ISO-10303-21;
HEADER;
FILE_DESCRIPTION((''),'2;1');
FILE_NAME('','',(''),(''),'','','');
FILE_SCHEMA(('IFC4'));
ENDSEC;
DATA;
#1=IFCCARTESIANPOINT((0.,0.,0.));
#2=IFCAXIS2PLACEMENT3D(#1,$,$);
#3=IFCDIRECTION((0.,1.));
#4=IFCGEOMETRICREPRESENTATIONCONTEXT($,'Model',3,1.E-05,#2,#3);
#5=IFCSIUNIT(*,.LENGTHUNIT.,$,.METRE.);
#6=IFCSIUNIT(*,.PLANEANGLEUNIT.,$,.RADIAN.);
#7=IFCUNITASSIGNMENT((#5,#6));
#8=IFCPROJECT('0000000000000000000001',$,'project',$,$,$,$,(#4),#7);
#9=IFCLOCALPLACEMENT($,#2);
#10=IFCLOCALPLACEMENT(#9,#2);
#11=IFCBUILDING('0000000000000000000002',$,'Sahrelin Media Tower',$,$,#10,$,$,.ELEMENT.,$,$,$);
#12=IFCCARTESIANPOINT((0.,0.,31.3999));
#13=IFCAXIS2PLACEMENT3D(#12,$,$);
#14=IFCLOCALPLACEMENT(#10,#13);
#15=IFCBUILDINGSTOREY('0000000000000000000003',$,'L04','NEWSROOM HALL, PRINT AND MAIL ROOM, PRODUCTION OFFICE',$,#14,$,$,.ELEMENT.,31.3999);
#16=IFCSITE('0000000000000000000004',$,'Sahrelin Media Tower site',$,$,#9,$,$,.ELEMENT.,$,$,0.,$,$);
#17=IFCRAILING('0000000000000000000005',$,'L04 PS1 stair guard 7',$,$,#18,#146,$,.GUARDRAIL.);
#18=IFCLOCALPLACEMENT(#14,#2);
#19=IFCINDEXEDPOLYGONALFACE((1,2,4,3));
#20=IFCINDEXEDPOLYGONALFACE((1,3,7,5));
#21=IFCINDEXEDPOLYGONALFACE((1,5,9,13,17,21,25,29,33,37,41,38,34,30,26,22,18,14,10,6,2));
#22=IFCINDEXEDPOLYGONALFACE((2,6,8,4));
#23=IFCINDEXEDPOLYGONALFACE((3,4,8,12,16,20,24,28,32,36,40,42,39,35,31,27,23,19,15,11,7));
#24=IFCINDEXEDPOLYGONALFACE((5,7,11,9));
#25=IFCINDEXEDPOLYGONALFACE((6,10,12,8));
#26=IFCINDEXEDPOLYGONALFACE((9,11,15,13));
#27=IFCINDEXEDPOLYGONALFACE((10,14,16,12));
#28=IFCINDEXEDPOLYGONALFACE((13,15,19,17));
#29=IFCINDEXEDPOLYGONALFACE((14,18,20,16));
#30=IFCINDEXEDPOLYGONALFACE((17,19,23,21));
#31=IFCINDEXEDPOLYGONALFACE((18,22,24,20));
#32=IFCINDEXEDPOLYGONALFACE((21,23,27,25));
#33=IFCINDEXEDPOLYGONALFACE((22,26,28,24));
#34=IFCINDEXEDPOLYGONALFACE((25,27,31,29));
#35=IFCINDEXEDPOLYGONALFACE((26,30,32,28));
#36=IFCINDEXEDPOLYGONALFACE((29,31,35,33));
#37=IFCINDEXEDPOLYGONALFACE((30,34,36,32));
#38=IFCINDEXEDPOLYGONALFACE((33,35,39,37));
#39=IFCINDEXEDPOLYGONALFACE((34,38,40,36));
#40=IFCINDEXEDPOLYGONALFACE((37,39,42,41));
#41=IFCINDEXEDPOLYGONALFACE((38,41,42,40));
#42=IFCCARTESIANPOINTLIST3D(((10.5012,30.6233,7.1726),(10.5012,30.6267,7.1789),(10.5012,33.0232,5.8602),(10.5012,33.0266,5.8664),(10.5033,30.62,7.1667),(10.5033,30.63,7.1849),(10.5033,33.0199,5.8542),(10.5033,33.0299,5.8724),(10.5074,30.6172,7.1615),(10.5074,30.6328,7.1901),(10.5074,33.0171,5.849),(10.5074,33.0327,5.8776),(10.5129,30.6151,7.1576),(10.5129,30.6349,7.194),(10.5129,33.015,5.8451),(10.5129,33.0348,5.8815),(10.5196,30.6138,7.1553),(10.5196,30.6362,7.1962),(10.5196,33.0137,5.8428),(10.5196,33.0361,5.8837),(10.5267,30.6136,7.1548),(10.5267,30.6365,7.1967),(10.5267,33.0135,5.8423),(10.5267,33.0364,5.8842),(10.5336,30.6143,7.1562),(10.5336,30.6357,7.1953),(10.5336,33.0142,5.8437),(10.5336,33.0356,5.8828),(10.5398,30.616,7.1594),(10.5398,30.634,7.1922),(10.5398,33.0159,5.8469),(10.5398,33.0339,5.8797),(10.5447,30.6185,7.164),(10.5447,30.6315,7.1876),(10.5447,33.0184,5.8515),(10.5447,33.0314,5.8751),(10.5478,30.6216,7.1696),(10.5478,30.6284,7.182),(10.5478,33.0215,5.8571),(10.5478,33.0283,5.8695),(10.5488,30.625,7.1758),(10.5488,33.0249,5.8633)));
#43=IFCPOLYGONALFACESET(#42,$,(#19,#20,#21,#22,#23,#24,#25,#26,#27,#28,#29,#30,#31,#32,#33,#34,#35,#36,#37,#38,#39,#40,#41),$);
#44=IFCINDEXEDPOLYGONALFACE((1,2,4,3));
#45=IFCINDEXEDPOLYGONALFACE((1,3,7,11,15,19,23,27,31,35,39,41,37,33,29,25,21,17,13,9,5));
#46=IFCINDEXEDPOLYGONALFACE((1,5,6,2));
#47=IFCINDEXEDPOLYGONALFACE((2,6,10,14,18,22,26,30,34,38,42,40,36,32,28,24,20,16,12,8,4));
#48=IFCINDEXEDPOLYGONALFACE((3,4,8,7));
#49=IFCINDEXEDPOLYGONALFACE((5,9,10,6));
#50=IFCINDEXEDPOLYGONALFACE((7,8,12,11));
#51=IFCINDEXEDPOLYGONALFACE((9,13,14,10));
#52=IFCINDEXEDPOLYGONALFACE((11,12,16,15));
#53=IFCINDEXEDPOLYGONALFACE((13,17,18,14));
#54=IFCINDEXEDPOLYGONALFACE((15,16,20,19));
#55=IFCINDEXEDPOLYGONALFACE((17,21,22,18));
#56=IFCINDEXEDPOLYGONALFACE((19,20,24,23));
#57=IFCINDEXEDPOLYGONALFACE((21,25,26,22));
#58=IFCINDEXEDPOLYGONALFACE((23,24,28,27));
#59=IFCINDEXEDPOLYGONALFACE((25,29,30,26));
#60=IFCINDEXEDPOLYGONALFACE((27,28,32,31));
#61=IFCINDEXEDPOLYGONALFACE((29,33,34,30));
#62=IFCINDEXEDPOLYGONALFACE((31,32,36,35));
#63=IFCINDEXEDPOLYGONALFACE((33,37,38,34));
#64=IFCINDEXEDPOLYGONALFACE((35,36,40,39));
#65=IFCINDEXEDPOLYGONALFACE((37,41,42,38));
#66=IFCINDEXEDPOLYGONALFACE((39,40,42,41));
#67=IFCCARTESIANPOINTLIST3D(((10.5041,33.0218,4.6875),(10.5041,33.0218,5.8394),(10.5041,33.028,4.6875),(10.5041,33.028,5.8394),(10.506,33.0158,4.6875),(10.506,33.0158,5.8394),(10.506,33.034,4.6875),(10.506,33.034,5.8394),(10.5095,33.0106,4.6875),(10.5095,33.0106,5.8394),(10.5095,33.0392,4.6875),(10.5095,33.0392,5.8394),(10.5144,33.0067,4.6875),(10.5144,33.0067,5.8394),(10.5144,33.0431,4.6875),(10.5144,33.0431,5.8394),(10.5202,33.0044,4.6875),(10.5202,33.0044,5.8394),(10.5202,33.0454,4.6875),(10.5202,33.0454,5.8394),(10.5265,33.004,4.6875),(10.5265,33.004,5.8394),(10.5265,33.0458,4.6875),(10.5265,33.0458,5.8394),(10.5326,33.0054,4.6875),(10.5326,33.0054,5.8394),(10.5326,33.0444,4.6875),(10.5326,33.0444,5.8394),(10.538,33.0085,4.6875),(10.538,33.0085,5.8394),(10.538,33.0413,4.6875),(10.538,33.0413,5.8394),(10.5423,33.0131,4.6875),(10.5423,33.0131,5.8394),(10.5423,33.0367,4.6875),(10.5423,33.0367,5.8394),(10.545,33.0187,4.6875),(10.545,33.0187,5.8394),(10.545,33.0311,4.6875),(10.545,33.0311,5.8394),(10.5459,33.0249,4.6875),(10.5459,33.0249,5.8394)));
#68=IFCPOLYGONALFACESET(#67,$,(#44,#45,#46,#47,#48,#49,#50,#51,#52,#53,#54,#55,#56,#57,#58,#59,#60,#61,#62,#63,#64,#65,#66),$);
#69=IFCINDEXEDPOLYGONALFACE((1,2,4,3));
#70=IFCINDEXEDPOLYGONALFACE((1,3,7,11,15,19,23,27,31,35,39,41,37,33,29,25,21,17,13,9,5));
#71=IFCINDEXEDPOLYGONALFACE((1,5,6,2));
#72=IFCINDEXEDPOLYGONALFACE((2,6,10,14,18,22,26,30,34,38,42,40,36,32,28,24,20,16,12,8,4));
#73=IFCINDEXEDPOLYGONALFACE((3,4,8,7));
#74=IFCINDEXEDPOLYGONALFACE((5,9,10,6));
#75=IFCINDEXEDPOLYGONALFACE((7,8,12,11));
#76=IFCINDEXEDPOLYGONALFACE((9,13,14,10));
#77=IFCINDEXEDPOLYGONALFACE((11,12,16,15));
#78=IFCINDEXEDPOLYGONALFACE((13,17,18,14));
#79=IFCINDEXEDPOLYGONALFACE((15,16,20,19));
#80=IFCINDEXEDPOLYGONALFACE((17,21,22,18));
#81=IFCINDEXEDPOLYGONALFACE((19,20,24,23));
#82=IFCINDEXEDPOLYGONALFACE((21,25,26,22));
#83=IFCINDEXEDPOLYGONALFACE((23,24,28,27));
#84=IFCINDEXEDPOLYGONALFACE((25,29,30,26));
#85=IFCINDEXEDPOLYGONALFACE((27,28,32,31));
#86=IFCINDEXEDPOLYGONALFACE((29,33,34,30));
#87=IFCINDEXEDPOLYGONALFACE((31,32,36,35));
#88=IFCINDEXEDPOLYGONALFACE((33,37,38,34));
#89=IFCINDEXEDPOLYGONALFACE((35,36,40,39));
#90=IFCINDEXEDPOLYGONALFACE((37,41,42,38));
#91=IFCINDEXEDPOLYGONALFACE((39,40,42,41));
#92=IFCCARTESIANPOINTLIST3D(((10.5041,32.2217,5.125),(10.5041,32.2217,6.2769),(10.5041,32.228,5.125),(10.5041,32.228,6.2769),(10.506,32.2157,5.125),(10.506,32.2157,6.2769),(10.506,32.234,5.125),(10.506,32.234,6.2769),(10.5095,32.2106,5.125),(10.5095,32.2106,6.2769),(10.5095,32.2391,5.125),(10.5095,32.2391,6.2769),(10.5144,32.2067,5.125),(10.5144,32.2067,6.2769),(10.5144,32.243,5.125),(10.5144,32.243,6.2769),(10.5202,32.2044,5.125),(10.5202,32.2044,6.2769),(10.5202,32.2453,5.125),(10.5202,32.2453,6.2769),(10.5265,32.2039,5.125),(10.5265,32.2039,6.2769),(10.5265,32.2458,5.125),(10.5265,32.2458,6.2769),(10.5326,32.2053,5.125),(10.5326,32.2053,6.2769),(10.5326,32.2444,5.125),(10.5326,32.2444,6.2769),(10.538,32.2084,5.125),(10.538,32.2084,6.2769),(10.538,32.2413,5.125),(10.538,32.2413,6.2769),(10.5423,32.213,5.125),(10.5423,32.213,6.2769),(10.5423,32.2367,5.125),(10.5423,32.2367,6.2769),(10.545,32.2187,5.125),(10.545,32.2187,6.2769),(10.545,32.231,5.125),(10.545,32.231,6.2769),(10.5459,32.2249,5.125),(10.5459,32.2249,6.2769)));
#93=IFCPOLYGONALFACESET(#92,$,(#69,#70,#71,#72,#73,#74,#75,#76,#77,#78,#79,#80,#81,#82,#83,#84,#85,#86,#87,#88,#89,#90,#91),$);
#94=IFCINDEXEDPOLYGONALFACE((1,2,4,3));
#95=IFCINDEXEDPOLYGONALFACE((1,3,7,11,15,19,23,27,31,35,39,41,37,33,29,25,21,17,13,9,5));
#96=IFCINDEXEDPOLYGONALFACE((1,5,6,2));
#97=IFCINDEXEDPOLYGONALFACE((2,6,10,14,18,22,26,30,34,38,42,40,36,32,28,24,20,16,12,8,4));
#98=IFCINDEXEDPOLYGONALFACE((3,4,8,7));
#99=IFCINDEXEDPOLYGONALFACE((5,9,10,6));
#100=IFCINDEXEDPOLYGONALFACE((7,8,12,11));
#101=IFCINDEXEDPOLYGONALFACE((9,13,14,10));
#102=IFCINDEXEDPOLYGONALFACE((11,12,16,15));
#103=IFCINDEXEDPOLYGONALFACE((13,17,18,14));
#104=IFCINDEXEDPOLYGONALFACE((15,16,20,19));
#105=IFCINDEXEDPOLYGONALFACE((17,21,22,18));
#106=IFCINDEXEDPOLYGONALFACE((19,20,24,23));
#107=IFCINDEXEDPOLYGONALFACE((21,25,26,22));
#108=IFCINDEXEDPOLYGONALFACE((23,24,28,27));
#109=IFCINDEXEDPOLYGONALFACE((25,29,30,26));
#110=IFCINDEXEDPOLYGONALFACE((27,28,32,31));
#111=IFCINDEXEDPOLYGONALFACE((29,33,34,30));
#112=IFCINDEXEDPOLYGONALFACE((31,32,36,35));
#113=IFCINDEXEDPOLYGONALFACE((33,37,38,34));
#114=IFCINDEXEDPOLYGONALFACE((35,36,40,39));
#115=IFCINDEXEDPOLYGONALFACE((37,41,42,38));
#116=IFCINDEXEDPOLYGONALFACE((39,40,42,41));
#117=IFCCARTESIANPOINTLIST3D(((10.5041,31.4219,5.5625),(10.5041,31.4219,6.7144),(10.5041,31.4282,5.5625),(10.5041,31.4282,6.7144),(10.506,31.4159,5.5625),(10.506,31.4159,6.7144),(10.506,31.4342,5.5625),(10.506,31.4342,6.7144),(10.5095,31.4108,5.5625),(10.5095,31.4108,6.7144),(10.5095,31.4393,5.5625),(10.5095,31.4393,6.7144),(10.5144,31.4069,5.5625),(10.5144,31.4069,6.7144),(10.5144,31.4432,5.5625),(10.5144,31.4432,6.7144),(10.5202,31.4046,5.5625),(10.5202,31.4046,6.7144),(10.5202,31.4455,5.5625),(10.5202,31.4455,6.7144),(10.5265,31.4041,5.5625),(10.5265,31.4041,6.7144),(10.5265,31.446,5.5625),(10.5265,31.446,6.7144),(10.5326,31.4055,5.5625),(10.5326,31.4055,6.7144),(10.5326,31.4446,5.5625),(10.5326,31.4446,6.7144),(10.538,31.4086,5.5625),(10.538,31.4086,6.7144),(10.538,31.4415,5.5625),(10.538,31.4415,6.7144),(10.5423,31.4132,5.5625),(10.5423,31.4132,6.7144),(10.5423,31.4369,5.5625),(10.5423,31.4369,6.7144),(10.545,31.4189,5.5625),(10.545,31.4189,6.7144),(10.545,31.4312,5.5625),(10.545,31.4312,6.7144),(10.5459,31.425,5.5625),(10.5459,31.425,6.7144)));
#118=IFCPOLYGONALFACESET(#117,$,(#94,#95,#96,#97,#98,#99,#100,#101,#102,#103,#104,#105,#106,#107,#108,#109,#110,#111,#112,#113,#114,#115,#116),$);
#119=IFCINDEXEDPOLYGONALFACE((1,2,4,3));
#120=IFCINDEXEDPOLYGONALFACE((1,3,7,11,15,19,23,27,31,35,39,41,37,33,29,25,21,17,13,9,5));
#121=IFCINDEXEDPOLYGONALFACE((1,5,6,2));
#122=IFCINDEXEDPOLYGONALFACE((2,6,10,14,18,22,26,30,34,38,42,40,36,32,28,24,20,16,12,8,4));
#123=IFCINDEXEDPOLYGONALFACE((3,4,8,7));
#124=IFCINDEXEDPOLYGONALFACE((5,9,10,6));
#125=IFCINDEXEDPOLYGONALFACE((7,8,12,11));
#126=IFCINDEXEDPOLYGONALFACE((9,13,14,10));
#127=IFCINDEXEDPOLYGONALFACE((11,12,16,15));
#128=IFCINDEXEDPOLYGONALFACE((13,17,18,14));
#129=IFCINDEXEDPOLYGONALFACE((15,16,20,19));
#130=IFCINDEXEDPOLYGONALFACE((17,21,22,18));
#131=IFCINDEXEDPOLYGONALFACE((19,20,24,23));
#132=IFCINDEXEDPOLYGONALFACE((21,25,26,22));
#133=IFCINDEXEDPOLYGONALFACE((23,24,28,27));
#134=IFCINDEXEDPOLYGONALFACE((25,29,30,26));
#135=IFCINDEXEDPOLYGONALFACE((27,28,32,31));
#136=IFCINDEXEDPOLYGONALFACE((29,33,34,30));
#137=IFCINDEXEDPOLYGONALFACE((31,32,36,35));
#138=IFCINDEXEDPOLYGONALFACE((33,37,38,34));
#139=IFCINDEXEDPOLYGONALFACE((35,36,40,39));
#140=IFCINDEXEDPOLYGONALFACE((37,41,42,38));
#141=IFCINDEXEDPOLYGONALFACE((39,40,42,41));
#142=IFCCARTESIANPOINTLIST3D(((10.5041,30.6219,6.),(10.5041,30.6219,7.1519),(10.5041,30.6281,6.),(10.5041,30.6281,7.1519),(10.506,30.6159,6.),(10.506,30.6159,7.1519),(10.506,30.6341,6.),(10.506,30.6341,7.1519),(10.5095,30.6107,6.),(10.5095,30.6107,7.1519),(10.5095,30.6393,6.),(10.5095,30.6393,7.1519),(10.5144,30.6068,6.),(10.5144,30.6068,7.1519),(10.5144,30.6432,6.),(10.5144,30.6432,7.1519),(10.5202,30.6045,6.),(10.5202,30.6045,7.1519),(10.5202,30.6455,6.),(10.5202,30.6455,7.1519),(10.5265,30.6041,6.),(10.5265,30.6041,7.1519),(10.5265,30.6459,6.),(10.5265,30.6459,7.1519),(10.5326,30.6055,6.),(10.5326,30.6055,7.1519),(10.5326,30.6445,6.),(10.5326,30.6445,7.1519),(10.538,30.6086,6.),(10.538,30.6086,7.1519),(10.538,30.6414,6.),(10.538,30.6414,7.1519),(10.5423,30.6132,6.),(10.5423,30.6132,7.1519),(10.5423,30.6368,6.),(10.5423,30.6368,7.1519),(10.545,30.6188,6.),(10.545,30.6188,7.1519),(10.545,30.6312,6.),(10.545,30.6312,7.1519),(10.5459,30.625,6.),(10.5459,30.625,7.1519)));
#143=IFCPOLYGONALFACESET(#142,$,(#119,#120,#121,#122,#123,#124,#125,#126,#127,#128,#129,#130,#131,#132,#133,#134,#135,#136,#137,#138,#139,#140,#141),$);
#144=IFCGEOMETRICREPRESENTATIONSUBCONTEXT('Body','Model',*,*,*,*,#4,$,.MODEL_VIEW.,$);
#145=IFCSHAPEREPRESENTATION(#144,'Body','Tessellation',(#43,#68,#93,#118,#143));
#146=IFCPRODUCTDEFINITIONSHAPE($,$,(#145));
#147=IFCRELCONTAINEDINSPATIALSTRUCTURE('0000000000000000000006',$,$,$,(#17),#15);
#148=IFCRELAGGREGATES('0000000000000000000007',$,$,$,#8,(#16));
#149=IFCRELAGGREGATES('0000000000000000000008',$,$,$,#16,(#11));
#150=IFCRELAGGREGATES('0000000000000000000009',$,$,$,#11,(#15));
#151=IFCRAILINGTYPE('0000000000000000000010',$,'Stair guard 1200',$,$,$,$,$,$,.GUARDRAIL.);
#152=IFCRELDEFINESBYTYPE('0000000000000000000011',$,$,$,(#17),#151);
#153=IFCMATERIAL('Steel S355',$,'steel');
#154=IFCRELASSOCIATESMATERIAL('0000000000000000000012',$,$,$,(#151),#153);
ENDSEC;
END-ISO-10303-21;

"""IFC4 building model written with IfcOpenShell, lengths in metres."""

from ifc_helpers import new_model, si_unit, direction, frame, origin, origin_2d, place, context, subcontext, project, spatial, circle, extrude, material, type_object, element, save


model = new_model("IFC4")

# Units and contexts
model_context = context("Model", 3, precision=1e-05, world=origin(), true_north=direction((0.0, 1.0)))
body_context = subcontext(model_context, "Body", "Model", "MODEL_VIEW")
ifc_project = project(units=[si_unit("LENGTHUNIT", "METRE"), si_unit("PLANEANGLEUNIT", "RADIAN")], contexts=[model_context])

# Site, building, storey
site_placement = place(None, origin())
site = spatial("IfcSite", under=ifc_project, at=site_placement, Name="Sahrelin Media Tower site", CompositionType="ELEMENT", RefElevation=0.0)
building_placement = place(site_placement, origin())
building = spatial("IfcBuilding", under=site, at=building_placement, Name="Sahrelin Media Tower", CompositionType="ELEMENT")
storey_placement = place(building_placement, frame((0.0, 0.0, 31.3999)))
storey = spatial("IfcBuildingStorey", under=building, at=storey_placement, Name="L04", Description="NEWSROOM HALL, PRINT AND MAIL ROOM, PRODUCTION OFFICE", CompositionType="ELEMENT", Elevation=31.3999)

# Shared definitions
ifc_material_1 = material(Name="Steel S355", Category="steel")

# Railing
railing_type_1 = type_object("IfcRailingType", Name="Stair guard 1200", PredefinedType="GUARDRAIL", material=ifc_material_1)
railing_1_placement = place(storey_placement, frame((10.5249, 33.0249, 4.6875)))
element("IfcRailing", 1, at=railing_1_placement, inside=storey, type_object=railing_type_1, Name="L04 PS1 stair guard 7", PredefinedType="GUARDRAIL", context=body_context, shape_type="SweptSolid", body=[
    extrude(circle(Radius=0.0239, at=origin_2d()), frame((0.0, 0.0, 1.1758), z_axis=(0.0, -0.877363, 0.479827), x_axis=(1.0, 0.0, 0.0)), (0.0, 0.0, 1.0), 2.7354),
    extrude(circle(Radius=0.021, at=origin_2d()), origin(), (0.0, 0.0, 1.0), 1.1519),
    extrude(circle(Radius=0.021, at=origin_2d()), frame((0.0, -0.8, 0.4375)), (0.0, 0.0, 1.0), 1.1519),
    extrude(circle(Radius=0.021, at=origin_2d()), frame((0.0, -1.5999, 0.875)), (0.0, 0.0, 1.0), 1.1519),
    extrude(circle(Radius=0.021, at=origin_2d()), frame((0.0, -2.3999, 1.3125)), (0.0, 0.0, 1.0), 1.1519),
])

save(model, "model.ifc")
